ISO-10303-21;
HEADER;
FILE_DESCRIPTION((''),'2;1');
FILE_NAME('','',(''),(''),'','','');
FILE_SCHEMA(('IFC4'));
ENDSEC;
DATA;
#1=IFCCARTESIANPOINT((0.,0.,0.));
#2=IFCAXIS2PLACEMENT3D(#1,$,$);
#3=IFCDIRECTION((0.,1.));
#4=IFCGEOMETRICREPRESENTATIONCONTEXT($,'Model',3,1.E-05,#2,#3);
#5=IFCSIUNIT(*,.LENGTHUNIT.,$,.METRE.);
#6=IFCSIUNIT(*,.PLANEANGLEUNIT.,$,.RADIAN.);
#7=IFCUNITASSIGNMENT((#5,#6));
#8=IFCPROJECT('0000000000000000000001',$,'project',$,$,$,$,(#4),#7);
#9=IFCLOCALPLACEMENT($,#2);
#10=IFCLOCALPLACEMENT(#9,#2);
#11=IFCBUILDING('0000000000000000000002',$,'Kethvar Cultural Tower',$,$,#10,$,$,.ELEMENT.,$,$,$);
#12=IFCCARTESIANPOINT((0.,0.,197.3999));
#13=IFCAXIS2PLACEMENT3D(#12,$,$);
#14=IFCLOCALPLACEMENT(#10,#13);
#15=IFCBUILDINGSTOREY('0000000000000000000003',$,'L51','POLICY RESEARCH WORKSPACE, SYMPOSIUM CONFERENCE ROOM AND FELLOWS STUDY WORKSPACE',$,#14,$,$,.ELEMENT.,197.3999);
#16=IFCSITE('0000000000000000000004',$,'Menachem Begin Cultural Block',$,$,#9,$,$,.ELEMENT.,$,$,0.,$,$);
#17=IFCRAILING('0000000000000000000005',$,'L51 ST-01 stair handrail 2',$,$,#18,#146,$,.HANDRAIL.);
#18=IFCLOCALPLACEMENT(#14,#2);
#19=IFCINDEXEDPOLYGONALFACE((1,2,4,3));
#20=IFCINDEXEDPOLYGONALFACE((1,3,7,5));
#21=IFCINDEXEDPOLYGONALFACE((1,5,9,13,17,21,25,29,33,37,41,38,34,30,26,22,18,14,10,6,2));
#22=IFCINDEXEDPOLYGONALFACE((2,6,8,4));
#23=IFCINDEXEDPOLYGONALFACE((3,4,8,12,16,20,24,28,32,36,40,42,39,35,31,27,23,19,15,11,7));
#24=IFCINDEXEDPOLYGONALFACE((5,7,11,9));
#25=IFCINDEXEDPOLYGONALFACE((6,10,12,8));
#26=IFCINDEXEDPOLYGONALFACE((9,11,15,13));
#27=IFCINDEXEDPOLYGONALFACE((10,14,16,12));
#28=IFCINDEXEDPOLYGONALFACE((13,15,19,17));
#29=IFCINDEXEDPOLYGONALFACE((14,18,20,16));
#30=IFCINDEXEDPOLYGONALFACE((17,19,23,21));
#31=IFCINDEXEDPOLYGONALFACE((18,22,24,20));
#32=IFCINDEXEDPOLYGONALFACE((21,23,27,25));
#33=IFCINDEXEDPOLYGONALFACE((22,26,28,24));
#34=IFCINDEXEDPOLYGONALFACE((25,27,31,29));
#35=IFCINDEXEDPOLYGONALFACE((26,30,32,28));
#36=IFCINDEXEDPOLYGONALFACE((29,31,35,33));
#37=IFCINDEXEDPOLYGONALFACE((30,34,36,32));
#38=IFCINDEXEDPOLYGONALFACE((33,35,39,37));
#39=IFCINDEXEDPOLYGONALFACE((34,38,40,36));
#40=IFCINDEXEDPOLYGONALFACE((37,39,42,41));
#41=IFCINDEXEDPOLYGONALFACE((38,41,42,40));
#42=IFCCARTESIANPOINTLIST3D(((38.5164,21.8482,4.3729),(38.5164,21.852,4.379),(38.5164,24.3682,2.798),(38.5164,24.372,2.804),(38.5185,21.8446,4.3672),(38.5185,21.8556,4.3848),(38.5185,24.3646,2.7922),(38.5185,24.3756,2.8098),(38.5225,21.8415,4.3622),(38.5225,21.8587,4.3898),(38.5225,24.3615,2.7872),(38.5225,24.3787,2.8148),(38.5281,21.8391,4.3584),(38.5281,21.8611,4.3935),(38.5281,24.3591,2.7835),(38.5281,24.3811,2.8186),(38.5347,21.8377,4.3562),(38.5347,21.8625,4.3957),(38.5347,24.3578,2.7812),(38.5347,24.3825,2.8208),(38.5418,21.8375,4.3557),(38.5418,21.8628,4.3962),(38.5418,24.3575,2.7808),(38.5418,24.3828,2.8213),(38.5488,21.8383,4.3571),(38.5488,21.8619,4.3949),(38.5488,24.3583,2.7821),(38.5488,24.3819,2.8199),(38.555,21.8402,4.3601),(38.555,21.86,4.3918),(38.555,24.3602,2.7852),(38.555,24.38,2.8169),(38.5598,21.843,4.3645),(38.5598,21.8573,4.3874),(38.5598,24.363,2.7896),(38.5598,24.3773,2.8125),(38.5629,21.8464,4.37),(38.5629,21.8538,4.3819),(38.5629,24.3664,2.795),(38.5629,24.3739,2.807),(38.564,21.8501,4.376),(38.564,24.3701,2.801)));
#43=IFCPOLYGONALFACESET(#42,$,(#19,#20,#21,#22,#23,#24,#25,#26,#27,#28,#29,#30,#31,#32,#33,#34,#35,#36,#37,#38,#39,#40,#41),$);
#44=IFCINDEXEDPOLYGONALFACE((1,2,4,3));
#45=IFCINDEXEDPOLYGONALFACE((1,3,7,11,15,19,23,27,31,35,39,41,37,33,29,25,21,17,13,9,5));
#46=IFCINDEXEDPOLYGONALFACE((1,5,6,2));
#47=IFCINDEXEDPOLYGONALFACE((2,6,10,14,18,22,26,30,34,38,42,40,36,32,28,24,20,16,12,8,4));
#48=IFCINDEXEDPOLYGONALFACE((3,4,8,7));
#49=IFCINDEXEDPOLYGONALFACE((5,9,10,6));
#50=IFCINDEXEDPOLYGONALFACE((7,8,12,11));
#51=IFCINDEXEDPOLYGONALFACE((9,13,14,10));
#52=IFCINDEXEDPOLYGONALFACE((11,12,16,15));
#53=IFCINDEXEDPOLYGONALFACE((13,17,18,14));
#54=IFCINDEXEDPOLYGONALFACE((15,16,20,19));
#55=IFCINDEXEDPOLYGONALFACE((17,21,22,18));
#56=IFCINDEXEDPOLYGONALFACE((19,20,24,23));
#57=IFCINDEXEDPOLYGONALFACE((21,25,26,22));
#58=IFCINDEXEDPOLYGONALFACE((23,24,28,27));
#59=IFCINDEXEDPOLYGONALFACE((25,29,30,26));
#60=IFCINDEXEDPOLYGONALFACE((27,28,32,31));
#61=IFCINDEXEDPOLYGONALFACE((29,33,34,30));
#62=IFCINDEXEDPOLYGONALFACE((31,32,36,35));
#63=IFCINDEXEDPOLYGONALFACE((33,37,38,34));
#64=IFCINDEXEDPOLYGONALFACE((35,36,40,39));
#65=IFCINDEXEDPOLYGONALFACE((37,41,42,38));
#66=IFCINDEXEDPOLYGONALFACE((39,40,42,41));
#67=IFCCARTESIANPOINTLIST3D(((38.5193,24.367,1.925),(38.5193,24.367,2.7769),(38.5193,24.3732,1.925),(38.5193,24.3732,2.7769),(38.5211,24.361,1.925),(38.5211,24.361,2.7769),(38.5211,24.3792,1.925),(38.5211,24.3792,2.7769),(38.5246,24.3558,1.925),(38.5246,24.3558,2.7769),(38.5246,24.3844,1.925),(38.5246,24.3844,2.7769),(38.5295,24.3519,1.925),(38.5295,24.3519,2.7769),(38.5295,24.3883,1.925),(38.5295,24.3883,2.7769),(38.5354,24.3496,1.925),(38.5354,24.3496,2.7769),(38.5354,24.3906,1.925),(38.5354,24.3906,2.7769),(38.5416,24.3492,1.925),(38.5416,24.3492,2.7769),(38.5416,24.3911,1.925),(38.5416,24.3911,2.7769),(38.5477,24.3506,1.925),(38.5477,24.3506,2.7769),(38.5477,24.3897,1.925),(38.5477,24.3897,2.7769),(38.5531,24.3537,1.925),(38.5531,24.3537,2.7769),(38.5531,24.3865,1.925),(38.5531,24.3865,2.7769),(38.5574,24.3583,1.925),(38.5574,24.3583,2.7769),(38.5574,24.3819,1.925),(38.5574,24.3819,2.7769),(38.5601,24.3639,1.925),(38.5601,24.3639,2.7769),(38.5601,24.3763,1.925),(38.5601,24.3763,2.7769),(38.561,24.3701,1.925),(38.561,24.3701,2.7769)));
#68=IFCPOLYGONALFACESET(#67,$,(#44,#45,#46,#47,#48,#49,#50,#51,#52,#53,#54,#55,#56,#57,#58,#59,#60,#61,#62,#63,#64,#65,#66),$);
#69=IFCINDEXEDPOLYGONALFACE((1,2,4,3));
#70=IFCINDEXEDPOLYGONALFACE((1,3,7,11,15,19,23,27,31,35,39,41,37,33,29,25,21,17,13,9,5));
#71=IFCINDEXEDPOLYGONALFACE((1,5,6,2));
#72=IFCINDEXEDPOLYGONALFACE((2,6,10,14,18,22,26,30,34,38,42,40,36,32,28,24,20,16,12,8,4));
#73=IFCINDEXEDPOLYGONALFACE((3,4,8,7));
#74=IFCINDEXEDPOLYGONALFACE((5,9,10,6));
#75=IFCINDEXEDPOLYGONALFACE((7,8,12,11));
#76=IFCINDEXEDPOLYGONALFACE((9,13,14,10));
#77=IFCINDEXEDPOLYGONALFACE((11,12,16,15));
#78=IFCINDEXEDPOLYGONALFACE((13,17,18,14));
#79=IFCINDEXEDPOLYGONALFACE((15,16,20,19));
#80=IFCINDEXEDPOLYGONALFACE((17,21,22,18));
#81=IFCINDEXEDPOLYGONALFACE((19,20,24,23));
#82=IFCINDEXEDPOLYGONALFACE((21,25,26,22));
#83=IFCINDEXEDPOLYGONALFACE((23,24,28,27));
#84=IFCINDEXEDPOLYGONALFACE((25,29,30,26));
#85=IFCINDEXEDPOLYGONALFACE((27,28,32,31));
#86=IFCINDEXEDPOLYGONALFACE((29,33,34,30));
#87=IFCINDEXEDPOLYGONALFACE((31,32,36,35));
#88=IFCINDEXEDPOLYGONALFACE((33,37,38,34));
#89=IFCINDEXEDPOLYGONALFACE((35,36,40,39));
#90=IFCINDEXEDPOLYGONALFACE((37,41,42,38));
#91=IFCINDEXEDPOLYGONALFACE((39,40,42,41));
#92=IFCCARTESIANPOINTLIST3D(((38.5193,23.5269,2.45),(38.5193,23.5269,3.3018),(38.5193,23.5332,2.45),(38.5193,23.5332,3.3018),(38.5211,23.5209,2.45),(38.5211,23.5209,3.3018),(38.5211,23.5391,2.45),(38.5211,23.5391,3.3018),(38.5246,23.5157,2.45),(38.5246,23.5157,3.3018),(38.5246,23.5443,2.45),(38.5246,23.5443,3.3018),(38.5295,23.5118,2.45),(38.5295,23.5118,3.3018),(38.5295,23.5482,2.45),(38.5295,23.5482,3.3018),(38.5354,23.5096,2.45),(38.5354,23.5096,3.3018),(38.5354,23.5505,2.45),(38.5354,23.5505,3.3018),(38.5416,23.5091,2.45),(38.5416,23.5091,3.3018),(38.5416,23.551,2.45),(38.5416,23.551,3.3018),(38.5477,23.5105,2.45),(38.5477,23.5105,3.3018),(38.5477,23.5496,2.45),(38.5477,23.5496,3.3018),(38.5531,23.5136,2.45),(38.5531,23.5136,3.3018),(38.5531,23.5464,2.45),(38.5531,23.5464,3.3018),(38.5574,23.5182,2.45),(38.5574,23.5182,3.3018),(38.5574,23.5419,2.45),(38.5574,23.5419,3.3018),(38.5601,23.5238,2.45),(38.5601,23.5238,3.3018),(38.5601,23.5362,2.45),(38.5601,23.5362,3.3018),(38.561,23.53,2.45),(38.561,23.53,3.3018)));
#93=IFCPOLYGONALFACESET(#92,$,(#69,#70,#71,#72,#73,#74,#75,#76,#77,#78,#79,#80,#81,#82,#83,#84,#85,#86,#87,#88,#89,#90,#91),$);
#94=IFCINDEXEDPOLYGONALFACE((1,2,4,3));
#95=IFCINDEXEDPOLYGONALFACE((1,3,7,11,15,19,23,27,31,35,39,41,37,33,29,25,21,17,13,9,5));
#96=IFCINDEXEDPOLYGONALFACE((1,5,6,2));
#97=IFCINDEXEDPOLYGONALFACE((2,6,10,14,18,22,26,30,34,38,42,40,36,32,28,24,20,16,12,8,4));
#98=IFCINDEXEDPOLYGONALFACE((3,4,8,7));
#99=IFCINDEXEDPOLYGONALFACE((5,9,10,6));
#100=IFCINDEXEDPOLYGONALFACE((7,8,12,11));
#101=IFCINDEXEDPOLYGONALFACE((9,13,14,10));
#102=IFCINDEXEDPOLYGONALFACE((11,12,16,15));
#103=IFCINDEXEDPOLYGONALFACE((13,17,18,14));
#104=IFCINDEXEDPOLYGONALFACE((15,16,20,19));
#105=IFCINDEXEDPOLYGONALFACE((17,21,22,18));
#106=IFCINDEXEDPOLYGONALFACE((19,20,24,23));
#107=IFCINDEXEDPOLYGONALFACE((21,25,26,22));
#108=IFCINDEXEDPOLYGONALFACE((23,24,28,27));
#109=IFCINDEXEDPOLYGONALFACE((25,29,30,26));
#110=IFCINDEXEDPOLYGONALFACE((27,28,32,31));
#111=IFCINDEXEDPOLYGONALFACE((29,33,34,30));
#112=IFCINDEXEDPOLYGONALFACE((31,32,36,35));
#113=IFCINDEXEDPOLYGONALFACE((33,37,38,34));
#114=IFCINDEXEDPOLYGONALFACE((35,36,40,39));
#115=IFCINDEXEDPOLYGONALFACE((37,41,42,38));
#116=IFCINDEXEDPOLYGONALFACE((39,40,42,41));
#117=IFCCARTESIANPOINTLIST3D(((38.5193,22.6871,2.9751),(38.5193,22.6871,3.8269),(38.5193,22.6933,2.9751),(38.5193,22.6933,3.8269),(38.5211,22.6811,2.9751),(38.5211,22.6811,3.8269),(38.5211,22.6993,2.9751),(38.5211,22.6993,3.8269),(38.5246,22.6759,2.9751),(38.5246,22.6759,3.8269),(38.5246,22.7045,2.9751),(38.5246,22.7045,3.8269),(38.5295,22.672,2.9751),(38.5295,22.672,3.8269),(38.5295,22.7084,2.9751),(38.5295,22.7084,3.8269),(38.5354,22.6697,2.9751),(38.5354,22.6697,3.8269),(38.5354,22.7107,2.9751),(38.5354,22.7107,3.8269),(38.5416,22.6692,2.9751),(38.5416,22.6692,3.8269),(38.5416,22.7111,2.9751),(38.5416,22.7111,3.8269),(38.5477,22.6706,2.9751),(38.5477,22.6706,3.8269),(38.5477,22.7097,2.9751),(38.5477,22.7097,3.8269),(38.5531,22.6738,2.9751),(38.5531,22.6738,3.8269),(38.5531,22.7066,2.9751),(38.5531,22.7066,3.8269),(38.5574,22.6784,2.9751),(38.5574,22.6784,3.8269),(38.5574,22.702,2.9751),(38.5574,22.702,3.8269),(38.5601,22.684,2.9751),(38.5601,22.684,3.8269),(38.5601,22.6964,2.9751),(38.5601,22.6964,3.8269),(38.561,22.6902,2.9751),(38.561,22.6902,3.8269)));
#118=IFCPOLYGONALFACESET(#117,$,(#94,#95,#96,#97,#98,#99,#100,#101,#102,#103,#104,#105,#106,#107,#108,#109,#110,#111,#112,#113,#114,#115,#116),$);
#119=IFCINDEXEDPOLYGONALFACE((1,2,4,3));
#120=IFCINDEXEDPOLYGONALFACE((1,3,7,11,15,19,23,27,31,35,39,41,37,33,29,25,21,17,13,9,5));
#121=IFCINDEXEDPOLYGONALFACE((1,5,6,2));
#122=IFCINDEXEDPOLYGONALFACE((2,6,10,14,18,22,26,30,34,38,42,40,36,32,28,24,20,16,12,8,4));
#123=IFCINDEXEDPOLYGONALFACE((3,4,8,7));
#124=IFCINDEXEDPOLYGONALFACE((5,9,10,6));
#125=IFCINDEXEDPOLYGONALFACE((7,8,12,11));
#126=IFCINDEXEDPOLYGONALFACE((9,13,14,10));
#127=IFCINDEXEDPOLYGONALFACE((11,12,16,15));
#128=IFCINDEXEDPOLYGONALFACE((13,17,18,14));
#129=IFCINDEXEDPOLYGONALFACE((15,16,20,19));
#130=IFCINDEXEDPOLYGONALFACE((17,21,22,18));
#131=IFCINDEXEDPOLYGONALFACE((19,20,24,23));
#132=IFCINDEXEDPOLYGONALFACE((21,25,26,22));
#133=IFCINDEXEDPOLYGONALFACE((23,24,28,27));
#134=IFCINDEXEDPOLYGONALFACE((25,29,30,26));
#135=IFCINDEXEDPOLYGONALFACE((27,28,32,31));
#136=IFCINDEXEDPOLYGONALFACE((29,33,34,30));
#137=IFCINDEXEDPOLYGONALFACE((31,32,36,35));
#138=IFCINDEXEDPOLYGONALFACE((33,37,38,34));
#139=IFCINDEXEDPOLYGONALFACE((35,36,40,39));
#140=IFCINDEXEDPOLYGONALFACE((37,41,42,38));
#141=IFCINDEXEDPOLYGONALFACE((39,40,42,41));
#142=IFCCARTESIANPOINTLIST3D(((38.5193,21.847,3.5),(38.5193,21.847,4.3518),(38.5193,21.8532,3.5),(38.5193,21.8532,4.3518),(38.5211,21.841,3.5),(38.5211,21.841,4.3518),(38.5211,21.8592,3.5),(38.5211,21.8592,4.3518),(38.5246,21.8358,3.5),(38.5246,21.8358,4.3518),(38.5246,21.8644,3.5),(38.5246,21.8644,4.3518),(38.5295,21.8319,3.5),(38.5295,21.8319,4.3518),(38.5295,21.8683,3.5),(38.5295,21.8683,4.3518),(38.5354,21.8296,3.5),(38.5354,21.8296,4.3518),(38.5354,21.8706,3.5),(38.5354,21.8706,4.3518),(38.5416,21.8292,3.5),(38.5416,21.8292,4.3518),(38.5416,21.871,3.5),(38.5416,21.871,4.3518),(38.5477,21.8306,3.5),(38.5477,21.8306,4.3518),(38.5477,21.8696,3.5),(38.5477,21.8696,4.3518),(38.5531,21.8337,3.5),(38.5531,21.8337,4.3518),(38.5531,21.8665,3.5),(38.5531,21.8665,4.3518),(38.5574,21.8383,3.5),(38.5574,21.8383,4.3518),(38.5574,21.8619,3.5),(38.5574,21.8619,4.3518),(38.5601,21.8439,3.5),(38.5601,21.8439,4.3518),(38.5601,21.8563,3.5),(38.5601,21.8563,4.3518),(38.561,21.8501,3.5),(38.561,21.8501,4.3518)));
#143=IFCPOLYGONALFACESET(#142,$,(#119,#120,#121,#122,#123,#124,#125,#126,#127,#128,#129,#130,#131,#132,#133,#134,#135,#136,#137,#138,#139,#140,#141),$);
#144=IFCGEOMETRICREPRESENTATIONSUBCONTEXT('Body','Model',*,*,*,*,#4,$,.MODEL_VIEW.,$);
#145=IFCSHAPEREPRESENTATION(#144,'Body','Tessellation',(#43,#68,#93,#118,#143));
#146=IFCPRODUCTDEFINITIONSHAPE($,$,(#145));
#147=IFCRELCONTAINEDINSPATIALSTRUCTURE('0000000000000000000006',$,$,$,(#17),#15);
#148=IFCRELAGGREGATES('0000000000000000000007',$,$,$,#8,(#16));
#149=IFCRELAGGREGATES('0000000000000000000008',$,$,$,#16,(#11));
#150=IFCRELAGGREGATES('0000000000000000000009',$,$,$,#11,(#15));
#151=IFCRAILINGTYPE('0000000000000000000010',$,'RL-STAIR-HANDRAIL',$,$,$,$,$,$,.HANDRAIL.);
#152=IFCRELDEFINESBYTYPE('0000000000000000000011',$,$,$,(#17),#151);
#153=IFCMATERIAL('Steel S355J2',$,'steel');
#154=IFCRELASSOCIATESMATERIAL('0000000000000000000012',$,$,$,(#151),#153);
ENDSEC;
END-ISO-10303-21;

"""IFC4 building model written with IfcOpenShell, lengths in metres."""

from ifc_helpers import new_model, si_unit, direction, frame, origin, origin_2d, place, context, subcontext, project, spatial, circle, extrude, material, type_object, element, save


model = new_model("IFC4")

# Units and contexts
model_context = context("Model", 3, precision=1e-05, world=origin(), true_north=direction((0.0, 1.0)))
body_context = subcontext(model_context, "Body", "Model", "MODEL_VIEW")
ifc_project = project(units=[si_unit("LENGTHUNIT", "METRE"), si_unit("PLANEANGLEUNIT", "RADIAN")], contexts=[model_context])

# Site, building, storey
site_placement = place(None, origin())
site = spatial("IfcSite", under=ifc_project, at=site_placement, Name="Menachem Begin Cultural Block", CompositionType="ELEMENT", RefElevation=0.0)
building_placement = place(site_placement, origin())
building = spatial("IfcBuilding", under=site, at=building_placement, Name="Kethvar Cultural Tower", CompositionType="ELEMENT")
storey_placement = place(building_placement, frame((0.0, 0.0, 197.3999)))
storey = spatial("IfcBuildingStorey", under=building, at=storey_placement, Name="L51", Description="POLICY RESEARCH WORKSPACE, SYMPOSIUM CONFERENCE ROOM AND FELLOWS STUDY WORKSPACE", CompositionType="ELEMENT", Elevation=197.3999)

# Shared definitions
ifc_material_1 = material(Name="Steel S355J2", Category="steel")

# Railing
railing_type_1 = type_object("IfcRailingType", Name="RL-STAIR-HANDRAIL", PredefinedType="HANDRAIL", material=ifc_material_1)
railing_1_placement = place(storey_placement, frame((38.54, 24.3701, 1.925)))
element("IfcRailing", 1, at=railing_1_placement, inside=storey, type_object=railing_type_1, Name="L51 ST-01 stair handrail 2", PredefinedType="HANDRAIL", context=body_context, shape_type="SweptSolid", body=[
    extrude(circle(Radius=0.0239, at=origin_2d()), frame((0.0, 0.0, 0.876), z_axis=(0.0, -0.848008, 0.529984), x_axis=(1.0, 0.0, 0.0)), (0.0, 0.0, 1.0), 2.9717),
    extrude(circle(Radius=0.021, at=origin_2d()), origin(), (0.0, 0.0, 1.0), 0.8518),
    extrude(circle(Radius=0.021, at=origin_2d()), frame((0.0, -0.8401, 0.5249)), (0.0, 0.0, 1.0), 0.8518),
    extrude(circle(Radius=0.021, at=origin_2d()), frame((0.0, -1.6799, 1.05)), (0.0, 0.0, 1.0), 0.8518),
    extrude(circle(Radius=0.021, at=origin_2d()), frame((0.0, -2.52, 1.575)), (0.0, 0.0, 1.0), 0.8518),
])

save(model, "model.ifc")
